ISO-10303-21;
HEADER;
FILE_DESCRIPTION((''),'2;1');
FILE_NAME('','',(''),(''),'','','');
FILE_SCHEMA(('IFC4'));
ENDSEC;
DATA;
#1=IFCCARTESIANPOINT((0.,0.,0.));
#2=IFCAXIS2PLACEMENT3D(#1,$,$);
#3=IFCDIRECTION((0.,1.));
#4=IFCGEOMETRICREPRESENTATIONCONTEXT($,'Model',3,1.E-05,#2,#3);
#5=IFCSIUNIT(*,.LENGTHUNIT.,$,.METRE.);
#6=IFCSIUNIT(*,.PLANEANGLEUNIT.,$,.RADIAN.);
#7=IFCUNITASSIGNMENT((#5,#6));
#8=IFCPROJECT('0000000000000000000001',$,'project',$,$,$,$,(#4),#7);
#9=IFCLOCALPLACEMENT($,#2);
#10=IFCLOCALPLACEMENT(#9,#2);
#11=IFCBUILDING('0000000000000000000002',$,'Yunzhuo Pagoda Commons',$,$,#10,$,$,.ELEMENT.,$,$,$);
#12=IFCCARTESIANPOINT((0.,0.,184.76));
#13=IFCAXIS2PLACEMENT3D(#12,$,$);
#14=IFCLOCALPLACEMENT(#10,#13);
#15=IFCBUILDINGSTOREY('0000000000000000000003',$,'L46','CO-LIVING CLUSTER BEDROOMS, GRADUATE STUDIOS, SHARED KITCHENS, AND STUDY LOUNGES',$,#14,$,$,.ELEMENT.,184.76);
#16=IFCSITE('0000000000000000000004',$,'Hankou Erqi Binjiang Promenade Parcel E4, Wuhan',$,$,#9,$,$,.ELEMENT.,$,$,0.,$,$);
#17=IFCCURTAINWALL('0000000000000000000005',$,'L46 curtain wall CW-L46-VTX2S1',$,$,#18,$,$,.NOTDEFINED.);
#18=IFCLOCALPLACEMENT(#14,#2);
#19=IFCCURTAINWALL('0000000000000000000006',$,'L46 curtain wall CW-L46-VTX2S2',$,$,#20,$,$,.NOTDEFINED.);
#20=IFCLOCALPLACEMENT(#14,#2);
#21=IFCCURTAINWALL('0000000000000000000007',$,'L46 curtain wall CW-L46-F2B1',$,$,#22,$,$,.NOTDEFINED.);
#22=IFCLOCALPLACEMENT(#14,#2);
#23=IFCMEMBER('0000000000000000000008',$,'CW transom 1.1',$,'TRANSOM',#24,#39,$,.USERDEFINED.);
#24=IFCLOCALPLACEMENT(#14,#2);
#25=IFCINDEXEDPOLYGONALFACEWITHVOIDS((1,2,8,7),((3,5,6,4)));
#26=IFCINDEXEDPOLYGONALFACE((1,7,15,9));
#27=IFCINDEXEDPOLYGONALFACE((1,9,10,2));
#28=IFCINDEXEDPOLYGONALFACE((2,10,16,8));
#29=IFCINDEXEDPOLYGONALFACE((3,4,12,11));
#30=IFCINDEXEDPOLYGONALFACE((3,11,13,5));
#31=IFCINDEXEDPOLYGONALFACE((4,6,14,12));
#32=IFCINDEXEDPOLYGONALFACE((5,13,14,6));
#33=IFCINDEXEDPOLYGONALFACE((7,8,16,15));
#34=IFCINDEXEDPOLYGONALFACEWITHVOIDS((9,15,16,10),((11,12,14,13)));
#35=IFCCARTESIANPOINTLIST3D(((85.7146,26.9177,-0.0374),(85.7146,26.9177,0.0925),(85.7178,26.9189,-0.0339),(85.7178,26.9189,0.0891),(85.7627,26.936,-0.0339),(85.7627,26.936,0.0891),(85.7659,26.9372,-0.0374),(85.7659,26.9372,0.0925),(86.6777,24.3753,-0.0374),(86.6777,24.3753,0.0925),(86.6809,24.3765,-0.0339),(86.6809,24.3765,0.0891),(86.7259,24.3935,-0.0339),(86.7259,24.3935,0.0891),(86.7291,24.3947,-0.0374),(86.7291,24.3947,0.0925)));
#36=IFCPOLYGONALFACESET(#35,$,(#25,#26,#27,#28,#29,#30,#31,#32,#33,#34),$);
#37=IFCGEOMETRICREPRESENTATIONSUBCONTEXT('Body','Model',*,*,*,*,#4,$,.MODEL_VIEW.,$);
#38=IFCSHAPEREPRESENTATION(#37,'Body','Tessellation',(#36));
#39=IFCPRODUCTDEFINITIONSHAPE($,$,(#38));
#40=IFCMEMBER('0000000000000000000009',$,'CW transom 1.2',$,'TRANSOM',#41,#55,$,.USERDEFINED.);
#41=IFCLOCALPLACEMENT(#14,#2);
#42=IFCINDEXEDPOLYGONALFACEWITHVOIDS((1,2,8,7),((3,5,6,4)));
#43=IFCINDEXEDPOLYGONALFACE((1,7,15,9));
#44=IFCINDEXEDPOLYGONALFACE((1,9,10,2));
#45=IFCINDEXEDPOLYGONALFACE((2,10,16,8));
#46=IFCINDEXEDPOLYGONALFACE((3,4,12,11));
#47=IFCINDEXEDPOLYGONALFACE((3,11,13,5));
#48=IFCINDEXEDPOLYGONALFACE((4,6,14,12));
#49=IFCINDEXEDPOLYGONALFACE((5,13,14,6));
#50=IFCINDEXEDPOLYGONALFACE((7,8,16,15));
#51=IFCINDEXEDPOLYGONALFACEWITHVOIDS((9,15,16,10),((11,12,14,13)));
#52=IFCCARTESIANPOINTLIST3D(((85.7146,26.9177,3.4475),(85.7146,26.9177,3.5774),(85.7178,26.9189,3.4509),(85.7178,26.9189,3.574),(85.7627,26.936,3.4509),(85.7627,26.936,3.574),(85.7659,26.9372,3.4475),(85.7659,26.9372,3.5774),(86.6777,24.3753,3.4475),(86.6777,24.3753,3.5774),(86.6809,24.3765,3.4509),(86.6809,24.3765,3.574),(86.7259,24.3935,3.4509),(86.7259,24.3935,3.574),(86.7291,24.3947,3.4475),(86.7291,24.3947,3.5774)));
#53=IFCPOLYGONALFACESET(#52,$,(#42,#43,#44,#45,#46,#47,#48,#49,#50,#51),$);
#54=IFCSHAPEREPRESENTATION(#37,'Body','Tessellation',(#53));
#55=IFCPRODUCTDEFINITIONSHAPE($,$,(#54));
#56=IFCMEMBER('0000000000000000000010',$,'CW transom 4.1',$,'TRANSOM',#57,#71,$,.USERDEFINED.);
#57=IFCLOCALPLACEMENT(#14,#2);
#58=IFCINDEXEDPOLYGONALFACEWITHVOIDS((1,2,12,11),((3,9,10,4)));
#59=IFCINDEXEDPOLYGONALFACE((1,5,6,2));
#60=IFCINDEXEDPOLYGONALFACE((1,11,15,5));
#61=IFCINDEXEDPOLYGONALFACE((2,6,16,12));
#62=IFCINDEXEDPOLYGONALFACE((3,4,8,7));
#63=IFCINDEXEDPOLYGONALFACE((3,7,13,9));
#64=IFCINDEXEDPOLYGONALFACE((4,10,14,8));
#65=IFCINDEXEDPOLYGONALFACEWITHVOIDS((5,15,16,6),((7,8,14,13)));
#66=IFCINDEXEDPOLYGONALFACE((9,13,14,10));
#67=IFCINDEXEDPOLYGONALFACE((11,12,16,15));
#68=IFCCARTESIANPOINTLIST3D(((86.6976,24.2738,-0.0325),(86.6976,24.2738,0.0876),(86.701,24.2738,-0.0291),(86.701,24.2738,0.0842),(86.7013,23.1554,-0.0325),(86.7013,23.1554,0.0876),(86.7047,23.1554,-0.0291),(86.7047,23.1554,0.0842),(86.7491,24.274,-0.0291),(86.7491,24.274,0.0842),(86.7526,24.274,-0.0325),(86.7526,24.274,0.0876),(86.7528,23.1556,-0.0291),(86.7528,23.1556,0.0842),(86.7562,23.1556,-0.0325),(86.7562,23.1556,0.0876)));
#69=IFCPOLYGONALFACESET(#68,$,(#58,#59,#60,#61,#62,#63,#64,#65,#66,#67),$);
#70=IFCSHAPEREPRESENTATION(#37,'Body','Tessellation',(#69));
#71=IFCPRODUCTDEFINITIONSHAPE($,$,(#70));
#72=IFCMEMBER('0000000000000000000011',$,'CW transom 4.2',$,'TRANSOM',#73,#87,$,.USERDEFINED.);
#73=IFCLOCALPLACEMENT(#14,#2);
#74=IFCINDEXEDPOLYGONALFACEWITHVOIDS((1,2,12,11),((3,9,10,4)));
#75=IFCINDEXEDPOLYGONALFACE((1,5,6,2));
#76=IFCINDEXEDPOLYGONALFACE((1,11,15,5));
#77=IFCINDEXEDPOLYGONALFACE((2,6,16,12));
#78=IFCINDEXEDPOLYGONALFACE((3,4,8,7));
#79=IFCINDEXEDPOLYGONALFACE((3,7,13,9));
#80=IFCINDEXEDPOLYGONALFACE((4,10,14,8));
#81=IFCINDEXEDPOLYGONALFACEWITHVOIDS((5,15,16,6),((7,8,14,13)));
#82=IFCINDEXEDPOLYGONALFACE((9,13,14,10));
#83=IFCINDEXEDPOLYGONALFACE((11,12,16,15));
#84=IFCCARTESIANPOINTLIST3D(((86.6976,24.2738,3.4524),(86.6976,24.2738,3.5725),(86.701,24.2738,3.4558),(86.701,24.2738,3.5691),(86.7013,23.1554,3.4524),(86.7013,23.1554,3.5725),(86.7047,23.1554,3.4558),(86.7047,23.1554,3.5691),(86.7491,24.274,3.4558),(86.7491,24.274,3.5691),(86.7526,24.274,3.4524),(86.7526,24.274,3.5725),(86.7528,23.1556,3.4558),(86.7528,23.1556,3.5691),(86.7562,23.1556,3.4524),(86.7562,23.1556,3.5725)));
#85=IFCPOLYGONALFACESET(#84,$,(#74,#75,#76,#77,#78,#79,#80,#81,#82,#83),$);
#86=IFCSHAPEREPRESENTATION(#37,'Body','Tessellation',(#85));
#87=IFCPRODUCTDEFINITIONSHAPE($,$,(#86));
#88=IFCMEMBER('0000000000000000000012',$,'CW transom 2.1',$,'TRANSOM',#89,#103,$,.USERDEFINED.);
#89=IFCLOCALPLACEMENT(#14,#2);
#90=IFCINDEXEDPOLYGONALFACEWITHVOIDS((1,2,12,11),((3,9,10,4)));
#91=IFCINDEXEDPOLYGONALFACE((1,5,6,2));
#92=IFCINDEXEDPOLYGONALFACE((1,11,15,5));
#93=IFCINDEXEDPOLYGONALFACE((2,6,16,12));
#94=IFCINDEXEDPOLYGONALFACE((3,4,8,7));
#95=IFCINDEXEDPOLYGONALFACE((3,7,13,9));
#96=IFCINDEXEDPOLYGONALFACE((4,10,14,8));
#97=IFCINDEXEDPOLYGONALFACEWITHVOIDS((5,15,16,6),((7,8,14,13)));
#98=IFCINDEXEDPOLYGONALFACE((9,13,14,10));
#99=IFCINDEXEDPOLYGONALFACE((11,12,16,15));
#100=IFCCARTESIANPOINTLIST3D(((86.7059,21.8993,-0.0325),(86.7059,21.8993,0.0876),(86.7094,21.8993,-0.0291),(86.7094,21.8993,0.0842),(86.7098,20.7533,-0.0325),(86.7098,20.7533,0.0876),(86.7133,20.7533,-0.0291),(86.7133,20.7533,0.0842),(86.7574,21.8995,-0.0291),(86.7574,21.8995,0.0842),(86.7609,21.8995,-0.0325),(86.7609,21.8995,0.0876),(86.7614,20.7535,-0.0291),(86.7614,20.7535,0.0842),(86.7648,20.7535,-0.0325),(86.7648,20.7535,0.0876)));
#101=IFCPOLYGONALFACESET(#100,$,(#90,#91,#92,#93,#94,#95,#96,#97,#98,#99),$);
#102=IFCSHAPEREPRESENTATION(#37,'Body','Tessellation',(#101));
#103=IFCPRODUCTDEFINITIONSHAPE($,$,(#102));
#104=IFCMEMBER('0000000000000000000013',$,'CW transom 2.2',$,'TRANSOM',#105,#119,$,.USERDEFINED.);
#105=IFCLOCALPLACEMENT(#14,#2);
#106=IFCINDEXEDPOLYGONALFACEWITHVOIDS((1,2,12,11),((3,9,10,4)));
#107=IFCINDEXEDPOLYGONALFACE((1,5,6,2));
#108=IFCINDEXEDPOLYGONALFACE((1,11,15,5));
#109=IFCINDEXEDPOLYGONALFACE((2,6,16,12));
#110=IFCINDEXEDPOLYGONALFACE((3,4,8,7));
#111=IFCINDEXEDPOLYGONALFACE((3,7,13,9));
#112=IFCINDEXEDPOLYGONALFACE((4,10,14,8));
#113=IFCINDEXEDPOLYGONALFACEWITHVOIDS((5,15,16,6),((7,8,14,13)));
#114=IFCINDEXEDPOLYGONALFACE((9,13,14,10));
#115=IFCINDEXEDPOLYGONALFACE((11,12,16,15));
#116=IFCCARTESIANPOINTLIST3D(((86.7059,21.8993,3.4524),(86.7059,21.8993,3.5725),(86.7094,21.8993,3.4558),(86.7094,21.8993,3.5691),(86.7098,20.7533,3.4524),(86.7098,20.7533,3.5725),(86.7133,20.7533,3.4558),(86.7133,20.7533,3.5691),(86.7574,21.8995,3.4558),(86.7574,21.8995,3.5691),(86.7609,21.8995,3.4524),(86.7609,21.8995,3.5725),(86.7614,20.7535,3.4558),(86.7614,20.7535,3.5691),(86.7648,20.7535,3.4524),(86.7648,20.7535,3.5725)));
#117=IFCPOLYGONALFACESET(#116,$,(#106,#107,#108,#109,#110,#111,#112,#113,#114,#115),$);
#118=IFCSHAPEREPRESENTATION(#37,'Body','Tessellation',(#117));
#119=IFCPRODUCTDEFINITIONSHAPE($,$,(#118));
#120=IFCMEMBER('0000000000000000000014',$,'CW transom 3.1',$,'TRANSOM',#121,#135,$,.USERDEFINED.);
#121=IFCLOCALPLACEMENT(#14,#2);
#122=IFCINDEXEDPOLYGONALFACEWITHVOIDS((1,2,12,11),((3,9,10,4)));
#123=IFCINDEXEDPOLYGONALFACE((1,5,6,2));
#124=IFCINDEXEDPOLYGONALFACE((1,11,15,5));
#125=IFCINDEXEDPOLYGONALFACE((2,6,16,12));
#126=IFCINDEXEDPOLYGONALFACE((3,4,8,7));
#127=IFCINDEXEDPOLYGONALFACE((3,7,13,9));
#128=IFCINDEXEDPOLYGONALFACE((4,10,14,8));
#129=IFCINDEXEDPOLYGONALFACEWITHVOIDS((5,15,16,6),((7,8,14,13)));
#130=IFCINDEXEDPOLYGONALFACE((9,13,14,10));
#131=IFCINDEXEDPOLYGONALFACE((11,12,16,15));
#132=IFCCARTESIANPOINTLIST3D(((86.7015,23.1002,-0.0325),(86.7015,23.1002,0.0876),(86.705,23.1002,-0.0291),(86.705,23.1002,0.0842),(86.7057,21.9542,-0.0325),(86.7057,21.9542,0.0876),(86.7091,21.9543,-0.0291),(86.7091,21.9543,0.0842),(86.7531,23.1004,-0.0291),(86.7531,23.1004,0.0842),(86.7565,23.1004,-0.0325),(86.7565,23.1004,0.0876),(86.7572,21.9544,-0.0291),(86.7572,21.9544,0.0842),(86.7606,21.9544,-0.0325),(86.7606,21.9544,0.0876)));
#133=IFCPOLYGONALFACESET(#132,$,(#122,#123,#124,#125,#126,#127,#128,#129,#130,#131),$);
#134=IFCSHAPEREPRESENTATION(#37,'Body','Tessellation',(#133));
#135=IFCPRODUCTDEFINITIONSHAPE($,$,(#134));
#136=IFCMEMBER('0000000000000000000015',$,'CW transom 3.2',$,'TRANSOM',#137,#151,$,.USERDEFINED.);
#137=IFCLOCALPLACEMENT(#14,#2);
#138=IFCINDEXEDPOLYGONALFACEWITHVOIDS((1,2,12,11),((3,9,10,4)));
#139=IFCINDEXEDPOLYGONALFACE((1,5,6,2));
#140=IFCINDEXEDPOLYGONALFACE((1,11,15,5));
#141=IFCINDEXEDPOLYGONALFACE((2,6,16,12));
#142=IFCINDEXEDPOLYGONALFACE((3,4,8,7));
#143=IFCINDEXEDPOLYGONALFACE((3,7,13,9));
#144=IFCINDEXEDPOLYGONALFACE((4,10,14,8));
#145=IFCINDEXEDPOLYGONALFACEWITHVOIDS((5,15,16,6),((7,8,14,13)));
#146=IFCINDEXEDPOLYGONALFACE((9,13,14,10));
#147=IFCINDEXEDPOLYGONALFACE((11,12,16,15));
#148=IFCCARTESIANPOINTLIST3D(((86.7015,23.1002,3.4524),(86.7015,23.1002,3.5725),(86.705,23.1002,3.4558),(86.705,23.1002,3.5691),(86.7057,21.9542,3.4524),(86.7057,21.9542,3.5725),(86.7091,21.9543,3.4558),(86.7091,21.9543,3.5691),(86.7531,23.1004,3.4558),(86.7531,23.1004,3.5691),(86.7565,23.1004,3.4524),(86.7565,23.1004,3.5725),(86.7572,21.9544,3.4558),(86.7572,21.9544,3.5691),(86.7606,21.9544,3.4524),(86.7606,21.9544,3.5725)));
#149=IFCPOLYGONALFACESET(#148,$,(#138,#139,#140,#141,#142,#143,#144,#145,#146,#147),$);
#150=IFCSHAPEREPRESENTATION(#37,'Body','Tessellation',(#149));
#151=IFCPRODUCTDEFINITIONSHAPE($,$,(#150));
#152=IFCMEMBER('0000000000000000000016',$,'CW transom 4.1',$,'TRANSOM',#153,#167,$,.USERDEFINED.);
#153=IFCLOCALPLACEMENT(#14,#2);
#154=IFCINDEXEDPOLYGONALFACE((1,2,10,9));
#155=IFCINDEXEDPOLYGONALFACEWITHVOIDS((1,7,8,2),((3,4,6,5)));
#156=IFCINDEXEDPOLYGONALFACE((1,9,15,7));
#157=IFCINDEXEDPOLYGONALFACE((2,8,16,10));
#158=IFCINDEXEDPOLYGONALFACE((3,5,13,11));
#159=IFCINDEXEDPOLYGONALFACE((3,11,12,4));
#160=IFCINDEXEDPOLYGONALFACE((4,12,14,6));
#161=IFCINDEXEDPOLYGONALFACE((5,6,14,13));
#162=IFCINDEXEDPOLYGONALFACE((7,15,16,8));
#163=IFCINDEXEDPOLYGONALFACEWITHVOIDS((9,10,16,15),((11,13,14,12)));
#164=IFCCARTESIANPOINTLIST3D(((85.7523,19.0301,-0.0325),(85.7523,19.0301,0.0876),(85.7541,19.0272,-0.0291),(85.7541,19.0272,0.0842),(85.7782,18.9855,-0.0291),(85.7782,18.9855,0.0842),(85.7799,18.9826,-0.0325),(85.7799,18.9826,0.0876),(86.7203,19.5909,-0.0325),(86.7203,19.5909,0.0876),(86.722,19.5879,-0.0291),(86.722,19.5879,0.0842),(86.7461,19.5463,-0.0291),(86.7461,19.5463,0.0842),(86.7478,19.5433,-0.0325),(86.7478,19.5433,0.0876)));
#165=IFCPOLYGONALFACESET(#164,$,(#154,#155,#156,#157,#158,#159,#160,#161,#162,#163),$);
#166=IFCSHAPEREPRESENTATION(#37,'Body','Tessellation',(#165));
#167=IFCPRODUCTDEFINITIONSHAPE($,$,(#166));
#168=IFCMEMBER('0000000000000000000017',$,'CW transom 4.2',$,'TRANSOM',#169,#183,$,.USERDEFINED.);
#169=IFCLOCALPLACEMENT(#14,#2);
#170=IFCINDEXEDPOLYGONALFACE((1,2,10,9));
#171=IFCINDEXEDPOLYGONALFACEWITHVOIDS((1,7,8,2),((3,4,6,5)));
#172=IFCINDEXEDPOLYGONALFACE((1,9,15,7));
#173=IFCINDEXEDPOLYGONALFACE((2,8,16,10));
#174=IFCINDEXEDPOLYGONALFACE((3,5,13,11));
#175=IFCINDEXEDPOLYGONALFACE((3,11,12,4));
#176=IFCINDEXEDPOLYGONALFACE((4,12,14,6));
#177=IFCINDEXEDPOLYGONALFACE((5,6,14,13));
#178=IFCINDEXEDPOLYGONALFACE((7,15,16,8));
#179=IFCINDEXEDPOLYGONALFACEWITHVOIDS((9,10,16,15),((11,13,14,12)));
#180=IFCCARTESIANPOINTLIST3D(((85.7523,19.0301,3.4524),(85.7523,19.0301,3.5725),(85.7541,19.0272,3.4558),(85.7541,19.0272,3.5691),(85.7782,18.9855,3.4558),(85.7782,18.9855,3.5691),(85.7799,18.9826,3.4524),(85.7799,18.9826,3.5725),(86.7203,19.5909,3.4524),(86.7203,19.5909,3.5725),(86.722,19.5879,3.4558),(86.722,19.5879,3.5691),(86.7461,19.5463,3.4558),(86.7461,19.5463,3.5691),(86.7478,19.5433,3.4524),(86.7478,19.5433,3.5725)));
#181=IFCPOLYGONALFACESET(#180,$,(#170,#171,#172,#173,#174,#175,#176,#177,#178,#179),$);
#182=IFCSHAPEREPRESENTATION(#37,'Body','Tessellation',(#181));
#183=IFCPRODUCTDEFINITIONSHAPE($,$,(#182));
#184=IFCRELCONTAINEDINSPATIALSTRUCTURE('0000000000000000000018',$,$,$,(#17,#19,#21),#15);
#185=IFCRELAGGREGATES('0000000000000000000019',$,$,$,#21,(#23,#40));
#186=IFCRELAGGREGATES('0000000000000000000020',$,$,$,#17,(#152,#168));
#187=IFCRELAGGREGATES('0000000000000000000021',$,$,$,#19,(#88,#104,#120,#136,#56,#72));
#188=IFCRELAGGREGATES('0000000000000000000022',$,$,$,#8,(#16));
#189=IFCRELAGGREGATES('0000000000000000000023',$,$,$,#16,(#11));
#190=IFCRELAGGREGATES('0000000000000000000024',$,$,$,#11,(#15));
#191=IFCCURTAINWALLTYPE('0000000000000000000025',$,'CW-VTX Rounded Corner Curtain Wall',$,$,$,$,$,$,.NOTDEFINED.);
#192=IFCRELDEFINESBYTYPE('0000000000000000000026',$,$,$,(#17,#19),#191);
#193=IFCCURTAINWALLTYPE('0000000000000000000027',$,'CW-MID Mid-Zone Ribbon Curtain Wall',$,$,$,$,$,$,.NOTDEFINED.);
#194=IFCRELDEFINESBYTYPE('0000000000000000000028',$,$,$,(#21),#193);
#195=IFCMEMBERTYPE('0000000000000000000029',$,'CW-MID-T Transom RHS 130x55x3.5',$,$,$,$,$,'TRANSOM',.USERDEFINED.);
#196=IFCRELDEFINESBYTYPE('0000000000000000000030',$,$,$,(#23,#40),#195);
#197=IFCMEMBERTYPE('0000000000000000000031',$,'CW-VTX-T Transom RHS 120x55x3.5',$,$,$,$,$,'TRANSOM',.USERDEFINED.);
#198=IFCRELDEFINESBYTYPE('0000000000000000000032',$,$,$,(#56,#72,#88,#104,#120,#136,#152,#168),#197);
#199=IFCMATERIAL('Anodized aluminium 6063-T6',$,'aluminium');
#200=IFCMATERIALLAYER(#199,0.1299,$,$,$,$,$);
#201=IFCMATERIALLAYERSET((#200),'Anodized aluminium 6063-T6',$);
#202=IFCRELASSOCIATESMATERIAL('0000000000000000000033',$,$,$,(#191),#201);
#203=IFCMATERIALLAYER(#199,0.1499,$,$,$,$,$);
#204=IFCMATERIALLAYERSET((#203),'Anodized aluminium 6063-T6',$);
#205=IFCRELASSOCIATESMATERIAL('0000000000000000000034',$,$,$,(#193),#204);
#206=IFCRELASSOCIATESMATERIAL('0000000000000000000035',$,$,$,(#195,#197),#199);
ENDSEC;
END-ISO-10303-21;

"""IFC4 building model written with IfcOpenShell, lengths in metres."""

from ifc_helpers import new_model, si_unit, direction, frame, origin, origin_2d, place, context, subcontext, project, spatial, hollow_rectangle, extrude, source, transform, mapped, material, layer, layer_set, material_profile, profile_set, type_object, element, aggregate, save


model = new_model("IFC4")

# Units and contexts
model_context = context("Model", 3, precision=1e-05, world=origin(), true_north=direction((0.0, 1.0)))
body_context = subcontext(model_context, "Body", "Model", "MODEL_VIEW")
ifc_project = project(units=[si_unit("LENGTHUNIT", "METRE"), si_unit("PLANEANGLEUNIT", "RADIAN")], contexts=[model_context])

# Site, building, storey
site_placement = place(None, origin())
site = spatial("IfcSite", under=ifc_project, at=site_placement, Name="Hankou Erqi Binjiang Promenade Parcel E4, Wuhan", CompositionType="ELEMENT", RefElevation=0.0)
building_placement = place(site_placement, origin())
building = spatial("IfcBuilding", under=site, at=building_placement, Name="Yunzhuo Pagoda Commons", CompositionType="ELEMENT")
storey_placement = place(building_placement, frame((0.0, 0.0, 184.76)))
storey = spatial("IfcBuildingStorey", under=building, at=storey_placement, Name="L46", Description="CO-LIVING CLUSTER BEDROOMS, GRADUATE STUDIOS, SHARED KITCHENS, AND STUDY LOUNGES", CompositionType="ELEMENT", Elevation=184.76)

# Curtain wall
ifc_material_1 = material(Name="Anodized aluminium 6063-T6", Category="aluminium")
ifc_layer_1 = layer(ifc_material_1, 0.1299)
ifc_layer_set_1 = layer_set([ifc_layer_1], Name="Anodized aluminium 6063-T6")
curtain_wall_type_1 = type_object("IfcCurtainWallType", Name="CW-VTX Rounded Corner Curtain Wall", PredefinedType="NOTDEFINED", material=ifc_layer_set_1)
curtain_wall_1_placement = place(storey_placement, origin())
curtain_wall_1 = element("IfcCurtainWall", 1, at=curtain_wall_1_placement, inside=storey, type_object=curtain_wall_type_1, Name="L46 curtain wall CW-L46-VTX2S1", PredefinedType="NOTDEFINED")

# Curtain wall
curtain_wall_2_placement = place(storey_placement, origin())
curtain_wall_2 = element("IfcCurtainWall", 2, at=curtain_wall_2_placement, inside=storey, type_object=curtain_wall_type_1, Name="L46 curtain wall CW-L46-VTX2S2", PredefinedType="NOTDEFINED")

# Shared definitions
ifc_layer_2 = layer(ifc_material_1, 0.1499)
ifc_layer_set_2 = layer_set([ifc_layer_2], Name="Anodized aluminium 6063-T6")
curtain_wall_type_2 = type_object("IfcCurtainWallType", Name="CW-MID Mid-Zone Ribbon Curtain Wall", PredefinedType="NOTDEFINED", material=ifc_layer_set_2)

# Curtain wall
curtain_wall_3_placement = place(storey_placement, origin())
curtain_wall_3 = element("IfcCurtainWall", 3, at=curtain_wall_3_placement, inside=storey, type_object=curtain_wall_type_2, Name="L46 curtain wall CW-L46-F2B1", PredefinedType="NOTDEFINED")

# Members
ifc_material_profile_1 = material_profile(ifc_material_1, hollow_rectangle(XDim=0.0549, YDim=0.1299, WallThickness=0.0034, at=origin_2d()), Name="Anodized aluminium 6063-T6")
ifc_profile_set_1 = profile_set([ifc_material_profile_1], Name="Anodized aluminium 6063-T6")
member_type_1 = type_object("IfcMemberType", Name="CW-MID-T Transom RHS 130x55x3.5", ElementType="TRANSOM", PredefinedType="USERDEFINED", material=ifc_profile_set_1)
shared_shape_1 = source(origin(), body_context, "Body", "SweptSolid", [
    extrude(hollow_rectangle(XDim=0.0549, YDim=0.1299, WallThickness=0.0034, at=origin_2d()), origin(), (0.0, 0.0, 1.0), 2.7188),
])
member_1_placement = place(storey_placement, frame((86.7034, 24.385, 0.0276), z_axis=(-0.354251, 0.93515, 0.0), x_axis=(-0.93515, -0.354251, 0.0)))
member_1 = element("IfcMember", 4, at=member_1_placement, type_object=member_type_1, Name="CW transom 1.1", ObjectType="TRANSOM", PredefinedType="USERDEFINED", context=body_context, shape_type="MappedRepresentation", body=[
    mapped(shared_shape_1, transform((0.0, 0.0, 0.0), scale=1.0)),
])
member_2_placement = place(storey_placement, frame((86.7034, 24.385, 3.5125), z_axis=(-0.354251, 0.93515, 0.0), x_axis=(-0.93515, -0.354251, 0.0)))
member_2 = element("IfcMember", 5, at=member_2_placement, type_object=member_type_1, Name="CW transom 1.2", ObjectType="TRANSOM", PredefinedType="USERDEFINED", context=body_context, shape_type="MappedRepresentation", body=[
    mapped(shared_shape_1, transform((0.0, 0.0, 0.0), scale=1.0)),
])
ifc_material_profile_2 = material_profile(ifc_material_1, hollow_rectangle(XDim=0.0549, YDim=0.1201, WallThickness=0.0034, at=origin_2d()), Name="Anodized aluminium 6063-T6")
ifc_profile_set_2 = profile_set([ifc_material_profile_2], Name="Anodized aluminium 6063-T6")
member_type_2 = type_object("IfcMemberType", Name="CW-VTX-T Transom RHS 120x55x3.5", ElementType="TRANSOM", PredefinedType="USERDEFINED", material=ifc_profile_set_2)
shared_shape_2 = source(origin(), body_context, "Body", "SweptSolid", [
    extrude(hollow_rectangle(XDim=0.0549, YDim=0.1201, WallThickness=0.0034, at=origin_2d()), origin(), (0.0, 0.0, 1.0), 1.1184),
])
member_3_placement = place(storey_placement, frame((86.7288, 23.1555, 0.0276), z_axis=(-0.003274, 0.999995, 0.0), x_axis=(-0.999995, -0.003274, 0.0)))
member_3 = element("IfcMember", 6, at=member_3_placement, type_object=member_type_2, Name="CW transom 4.1", ObjectType="TRANSOM", PredefinedType="USERDEFINED", context=body_context, shape_type="MappedRepresentation", body=[
    mapped(shared_shape_2, transform((0.0, 0.0, 0.0), scale=1.0)),
])
member_4_placement = place(storey_placement, frame((86.7288, 23.1555, 3.5125), z_axis=(-0.003274, 0.999995, 0.0), x_axis=(-0.999995, -0.003274, 0.0)))
member_4 = element("IfcMember", 7, at=member_4_placement, type_object=member_type_2, Name="CW transom 4.2", ObjectType="TRANSOM", PredefinedType="USERDEFINED", context=body_context, shape_type="MappedRepresentation", body=[
    mapped(shared_shape_2, transform((0.0, 0.0, 0.0), scale=1.0)),
])
shared_shape_3 = source(origin(), body_context, "Body", "SweptSolid", [
    extrude(hollow_rectangle(XDim=0.0549, YDim=0.1201, WallThickness=0.0034, at=origin_2d()), origin(), (0.0, 0.0, 1.0), 1.146),
])
member_5_placement = place(storey_placement, frame((86.7373, 20.7534, 0.0276), z_axis=(-0.003409, 0.999994, 0.0), x_axis=(-0.999994, -0.003409, 0.0)))
member_5 = element("IfcMember", 8, at=member_5_placement, type_object=member_type_2, Name="CW transom 2.1", ObjectType="TRANSOM", PredefinedType="USERDEFINED", context=body_context, shape_type="MappedRepresentation", body=[
    mapped(shared_shape_3, transform((0.0, 0.0, 0.0), scale=1.0)),
])
member_6_placement = place(storey_placement, frame((86.7373, 20.7534, 3.5125), z_axis=(-0.003409, 0.999994, 0.0), x_axis=(-0.999994, -0.003409, 0.0)))
member_6 = element("IfcMember", 9, at=member_6_placement, type_object=member_type_2, Name="CW transom 2.2", ObjectType="TRANSOM", PredefinedType="USERDEFINED", context=body_context, shape_type="MappedRepresentation", body=[
    mapped(shared_shape_3, transform((0.0, 0.0, 0.0), scale=1.0)),
])
member_7_placement = place(storey_placement, frame((86.7332, 21.9543, 0.0276), z_axis=(-0.003622, 0.999993, 0.0), x_axis=(-0.999993, -0.003622, 0.0)))
member_7 = element("IfcMember", 10, at=member_7_placement, type_object=member_type_2, Name="CW transom 3.1", ObjectType="TRANSOM", PredefinedType="USERDEFINED", context=body_context, shape_type="MappedRepresentation", body=[
    mapped(shared_shape_3, transform((0.0, 0.0, 0.0), scale=1.0)),
])
member_8_placement = place(storey_placement, frame((86.7332, 21.9543, 3.5125), z_axis=(-0.003622, 0.999993, 0.0), x_axis=(-0.999993, -0.003622, 0.0)))
member_8 = element("IfcMember", 11, at=member_8_placement, type_object=member_type_2, Name="CW transom 3.2", ObjectType="TRANSOM", PredefinedType="USERDEFINED", context=body_context, shape_type="MappedRepresentation", body=[
    mapped(shared_shape_3, transform((0.0, 0.0, 0.0), scale=1.0)),
])
shared_shape_4 = source(origin(), body_context, "Body", "SweptSolid", [
    extrude(hollow_rectangle(XDim=0.0549, YDim=0.1201, WallThickness=0.0034, at=origin_2d()), origin(), (0.0, 0.0, 1.0), 1.1187),
])
member_9_placement = place(storey_placement, frame((85.7661, 19.0063, 0.0276), z_axis=(0.865287, 0.501277, 0.0), x_axis=(-0.501277, 0.865287, 0.0)))
member_9 = element("IfcMember", 12, at=member_9_placement, type_object=member_type_2, Name="CW transom 4.1", ObjectType="TRANSOM", PredefinedType="USERDEFINED", context=body_context, shape_type="MappedRepresentation", body=[
    mapped(shared_shape_4, transform((0.0, 0.0, 0.0), scale=1.0)),
])
member_10_placement = place(storey_placement, frame((85.7661, 19.0063, 3.5125), z_axis=(0.865287, 0.501277, 0.0), x_axis=(-0.501277, 0.865287, 0.0)))
member_10 = element("IfcMember", 13, at=member_10_placement, type_object=member_type_2, Name="CW transom 4.2", ObjectType="TRANSOM", PredefinedType="USERDEFINED", context=body_context, shape_type="MappedRepresentation", body=[
    mapped(shared_shape_4, transform((0.0, 0.0, 0.0), scale=1.0)),
])

aggregate(curtain_wall_3, [member_1, member_2])
aggregate(curtain_wall_1, [member_9, member_10])
aggregate(curtain_wall_2, [member_5, member_6, member_7, member_8, member_3, member_4])

save(model, "model.ifc")
